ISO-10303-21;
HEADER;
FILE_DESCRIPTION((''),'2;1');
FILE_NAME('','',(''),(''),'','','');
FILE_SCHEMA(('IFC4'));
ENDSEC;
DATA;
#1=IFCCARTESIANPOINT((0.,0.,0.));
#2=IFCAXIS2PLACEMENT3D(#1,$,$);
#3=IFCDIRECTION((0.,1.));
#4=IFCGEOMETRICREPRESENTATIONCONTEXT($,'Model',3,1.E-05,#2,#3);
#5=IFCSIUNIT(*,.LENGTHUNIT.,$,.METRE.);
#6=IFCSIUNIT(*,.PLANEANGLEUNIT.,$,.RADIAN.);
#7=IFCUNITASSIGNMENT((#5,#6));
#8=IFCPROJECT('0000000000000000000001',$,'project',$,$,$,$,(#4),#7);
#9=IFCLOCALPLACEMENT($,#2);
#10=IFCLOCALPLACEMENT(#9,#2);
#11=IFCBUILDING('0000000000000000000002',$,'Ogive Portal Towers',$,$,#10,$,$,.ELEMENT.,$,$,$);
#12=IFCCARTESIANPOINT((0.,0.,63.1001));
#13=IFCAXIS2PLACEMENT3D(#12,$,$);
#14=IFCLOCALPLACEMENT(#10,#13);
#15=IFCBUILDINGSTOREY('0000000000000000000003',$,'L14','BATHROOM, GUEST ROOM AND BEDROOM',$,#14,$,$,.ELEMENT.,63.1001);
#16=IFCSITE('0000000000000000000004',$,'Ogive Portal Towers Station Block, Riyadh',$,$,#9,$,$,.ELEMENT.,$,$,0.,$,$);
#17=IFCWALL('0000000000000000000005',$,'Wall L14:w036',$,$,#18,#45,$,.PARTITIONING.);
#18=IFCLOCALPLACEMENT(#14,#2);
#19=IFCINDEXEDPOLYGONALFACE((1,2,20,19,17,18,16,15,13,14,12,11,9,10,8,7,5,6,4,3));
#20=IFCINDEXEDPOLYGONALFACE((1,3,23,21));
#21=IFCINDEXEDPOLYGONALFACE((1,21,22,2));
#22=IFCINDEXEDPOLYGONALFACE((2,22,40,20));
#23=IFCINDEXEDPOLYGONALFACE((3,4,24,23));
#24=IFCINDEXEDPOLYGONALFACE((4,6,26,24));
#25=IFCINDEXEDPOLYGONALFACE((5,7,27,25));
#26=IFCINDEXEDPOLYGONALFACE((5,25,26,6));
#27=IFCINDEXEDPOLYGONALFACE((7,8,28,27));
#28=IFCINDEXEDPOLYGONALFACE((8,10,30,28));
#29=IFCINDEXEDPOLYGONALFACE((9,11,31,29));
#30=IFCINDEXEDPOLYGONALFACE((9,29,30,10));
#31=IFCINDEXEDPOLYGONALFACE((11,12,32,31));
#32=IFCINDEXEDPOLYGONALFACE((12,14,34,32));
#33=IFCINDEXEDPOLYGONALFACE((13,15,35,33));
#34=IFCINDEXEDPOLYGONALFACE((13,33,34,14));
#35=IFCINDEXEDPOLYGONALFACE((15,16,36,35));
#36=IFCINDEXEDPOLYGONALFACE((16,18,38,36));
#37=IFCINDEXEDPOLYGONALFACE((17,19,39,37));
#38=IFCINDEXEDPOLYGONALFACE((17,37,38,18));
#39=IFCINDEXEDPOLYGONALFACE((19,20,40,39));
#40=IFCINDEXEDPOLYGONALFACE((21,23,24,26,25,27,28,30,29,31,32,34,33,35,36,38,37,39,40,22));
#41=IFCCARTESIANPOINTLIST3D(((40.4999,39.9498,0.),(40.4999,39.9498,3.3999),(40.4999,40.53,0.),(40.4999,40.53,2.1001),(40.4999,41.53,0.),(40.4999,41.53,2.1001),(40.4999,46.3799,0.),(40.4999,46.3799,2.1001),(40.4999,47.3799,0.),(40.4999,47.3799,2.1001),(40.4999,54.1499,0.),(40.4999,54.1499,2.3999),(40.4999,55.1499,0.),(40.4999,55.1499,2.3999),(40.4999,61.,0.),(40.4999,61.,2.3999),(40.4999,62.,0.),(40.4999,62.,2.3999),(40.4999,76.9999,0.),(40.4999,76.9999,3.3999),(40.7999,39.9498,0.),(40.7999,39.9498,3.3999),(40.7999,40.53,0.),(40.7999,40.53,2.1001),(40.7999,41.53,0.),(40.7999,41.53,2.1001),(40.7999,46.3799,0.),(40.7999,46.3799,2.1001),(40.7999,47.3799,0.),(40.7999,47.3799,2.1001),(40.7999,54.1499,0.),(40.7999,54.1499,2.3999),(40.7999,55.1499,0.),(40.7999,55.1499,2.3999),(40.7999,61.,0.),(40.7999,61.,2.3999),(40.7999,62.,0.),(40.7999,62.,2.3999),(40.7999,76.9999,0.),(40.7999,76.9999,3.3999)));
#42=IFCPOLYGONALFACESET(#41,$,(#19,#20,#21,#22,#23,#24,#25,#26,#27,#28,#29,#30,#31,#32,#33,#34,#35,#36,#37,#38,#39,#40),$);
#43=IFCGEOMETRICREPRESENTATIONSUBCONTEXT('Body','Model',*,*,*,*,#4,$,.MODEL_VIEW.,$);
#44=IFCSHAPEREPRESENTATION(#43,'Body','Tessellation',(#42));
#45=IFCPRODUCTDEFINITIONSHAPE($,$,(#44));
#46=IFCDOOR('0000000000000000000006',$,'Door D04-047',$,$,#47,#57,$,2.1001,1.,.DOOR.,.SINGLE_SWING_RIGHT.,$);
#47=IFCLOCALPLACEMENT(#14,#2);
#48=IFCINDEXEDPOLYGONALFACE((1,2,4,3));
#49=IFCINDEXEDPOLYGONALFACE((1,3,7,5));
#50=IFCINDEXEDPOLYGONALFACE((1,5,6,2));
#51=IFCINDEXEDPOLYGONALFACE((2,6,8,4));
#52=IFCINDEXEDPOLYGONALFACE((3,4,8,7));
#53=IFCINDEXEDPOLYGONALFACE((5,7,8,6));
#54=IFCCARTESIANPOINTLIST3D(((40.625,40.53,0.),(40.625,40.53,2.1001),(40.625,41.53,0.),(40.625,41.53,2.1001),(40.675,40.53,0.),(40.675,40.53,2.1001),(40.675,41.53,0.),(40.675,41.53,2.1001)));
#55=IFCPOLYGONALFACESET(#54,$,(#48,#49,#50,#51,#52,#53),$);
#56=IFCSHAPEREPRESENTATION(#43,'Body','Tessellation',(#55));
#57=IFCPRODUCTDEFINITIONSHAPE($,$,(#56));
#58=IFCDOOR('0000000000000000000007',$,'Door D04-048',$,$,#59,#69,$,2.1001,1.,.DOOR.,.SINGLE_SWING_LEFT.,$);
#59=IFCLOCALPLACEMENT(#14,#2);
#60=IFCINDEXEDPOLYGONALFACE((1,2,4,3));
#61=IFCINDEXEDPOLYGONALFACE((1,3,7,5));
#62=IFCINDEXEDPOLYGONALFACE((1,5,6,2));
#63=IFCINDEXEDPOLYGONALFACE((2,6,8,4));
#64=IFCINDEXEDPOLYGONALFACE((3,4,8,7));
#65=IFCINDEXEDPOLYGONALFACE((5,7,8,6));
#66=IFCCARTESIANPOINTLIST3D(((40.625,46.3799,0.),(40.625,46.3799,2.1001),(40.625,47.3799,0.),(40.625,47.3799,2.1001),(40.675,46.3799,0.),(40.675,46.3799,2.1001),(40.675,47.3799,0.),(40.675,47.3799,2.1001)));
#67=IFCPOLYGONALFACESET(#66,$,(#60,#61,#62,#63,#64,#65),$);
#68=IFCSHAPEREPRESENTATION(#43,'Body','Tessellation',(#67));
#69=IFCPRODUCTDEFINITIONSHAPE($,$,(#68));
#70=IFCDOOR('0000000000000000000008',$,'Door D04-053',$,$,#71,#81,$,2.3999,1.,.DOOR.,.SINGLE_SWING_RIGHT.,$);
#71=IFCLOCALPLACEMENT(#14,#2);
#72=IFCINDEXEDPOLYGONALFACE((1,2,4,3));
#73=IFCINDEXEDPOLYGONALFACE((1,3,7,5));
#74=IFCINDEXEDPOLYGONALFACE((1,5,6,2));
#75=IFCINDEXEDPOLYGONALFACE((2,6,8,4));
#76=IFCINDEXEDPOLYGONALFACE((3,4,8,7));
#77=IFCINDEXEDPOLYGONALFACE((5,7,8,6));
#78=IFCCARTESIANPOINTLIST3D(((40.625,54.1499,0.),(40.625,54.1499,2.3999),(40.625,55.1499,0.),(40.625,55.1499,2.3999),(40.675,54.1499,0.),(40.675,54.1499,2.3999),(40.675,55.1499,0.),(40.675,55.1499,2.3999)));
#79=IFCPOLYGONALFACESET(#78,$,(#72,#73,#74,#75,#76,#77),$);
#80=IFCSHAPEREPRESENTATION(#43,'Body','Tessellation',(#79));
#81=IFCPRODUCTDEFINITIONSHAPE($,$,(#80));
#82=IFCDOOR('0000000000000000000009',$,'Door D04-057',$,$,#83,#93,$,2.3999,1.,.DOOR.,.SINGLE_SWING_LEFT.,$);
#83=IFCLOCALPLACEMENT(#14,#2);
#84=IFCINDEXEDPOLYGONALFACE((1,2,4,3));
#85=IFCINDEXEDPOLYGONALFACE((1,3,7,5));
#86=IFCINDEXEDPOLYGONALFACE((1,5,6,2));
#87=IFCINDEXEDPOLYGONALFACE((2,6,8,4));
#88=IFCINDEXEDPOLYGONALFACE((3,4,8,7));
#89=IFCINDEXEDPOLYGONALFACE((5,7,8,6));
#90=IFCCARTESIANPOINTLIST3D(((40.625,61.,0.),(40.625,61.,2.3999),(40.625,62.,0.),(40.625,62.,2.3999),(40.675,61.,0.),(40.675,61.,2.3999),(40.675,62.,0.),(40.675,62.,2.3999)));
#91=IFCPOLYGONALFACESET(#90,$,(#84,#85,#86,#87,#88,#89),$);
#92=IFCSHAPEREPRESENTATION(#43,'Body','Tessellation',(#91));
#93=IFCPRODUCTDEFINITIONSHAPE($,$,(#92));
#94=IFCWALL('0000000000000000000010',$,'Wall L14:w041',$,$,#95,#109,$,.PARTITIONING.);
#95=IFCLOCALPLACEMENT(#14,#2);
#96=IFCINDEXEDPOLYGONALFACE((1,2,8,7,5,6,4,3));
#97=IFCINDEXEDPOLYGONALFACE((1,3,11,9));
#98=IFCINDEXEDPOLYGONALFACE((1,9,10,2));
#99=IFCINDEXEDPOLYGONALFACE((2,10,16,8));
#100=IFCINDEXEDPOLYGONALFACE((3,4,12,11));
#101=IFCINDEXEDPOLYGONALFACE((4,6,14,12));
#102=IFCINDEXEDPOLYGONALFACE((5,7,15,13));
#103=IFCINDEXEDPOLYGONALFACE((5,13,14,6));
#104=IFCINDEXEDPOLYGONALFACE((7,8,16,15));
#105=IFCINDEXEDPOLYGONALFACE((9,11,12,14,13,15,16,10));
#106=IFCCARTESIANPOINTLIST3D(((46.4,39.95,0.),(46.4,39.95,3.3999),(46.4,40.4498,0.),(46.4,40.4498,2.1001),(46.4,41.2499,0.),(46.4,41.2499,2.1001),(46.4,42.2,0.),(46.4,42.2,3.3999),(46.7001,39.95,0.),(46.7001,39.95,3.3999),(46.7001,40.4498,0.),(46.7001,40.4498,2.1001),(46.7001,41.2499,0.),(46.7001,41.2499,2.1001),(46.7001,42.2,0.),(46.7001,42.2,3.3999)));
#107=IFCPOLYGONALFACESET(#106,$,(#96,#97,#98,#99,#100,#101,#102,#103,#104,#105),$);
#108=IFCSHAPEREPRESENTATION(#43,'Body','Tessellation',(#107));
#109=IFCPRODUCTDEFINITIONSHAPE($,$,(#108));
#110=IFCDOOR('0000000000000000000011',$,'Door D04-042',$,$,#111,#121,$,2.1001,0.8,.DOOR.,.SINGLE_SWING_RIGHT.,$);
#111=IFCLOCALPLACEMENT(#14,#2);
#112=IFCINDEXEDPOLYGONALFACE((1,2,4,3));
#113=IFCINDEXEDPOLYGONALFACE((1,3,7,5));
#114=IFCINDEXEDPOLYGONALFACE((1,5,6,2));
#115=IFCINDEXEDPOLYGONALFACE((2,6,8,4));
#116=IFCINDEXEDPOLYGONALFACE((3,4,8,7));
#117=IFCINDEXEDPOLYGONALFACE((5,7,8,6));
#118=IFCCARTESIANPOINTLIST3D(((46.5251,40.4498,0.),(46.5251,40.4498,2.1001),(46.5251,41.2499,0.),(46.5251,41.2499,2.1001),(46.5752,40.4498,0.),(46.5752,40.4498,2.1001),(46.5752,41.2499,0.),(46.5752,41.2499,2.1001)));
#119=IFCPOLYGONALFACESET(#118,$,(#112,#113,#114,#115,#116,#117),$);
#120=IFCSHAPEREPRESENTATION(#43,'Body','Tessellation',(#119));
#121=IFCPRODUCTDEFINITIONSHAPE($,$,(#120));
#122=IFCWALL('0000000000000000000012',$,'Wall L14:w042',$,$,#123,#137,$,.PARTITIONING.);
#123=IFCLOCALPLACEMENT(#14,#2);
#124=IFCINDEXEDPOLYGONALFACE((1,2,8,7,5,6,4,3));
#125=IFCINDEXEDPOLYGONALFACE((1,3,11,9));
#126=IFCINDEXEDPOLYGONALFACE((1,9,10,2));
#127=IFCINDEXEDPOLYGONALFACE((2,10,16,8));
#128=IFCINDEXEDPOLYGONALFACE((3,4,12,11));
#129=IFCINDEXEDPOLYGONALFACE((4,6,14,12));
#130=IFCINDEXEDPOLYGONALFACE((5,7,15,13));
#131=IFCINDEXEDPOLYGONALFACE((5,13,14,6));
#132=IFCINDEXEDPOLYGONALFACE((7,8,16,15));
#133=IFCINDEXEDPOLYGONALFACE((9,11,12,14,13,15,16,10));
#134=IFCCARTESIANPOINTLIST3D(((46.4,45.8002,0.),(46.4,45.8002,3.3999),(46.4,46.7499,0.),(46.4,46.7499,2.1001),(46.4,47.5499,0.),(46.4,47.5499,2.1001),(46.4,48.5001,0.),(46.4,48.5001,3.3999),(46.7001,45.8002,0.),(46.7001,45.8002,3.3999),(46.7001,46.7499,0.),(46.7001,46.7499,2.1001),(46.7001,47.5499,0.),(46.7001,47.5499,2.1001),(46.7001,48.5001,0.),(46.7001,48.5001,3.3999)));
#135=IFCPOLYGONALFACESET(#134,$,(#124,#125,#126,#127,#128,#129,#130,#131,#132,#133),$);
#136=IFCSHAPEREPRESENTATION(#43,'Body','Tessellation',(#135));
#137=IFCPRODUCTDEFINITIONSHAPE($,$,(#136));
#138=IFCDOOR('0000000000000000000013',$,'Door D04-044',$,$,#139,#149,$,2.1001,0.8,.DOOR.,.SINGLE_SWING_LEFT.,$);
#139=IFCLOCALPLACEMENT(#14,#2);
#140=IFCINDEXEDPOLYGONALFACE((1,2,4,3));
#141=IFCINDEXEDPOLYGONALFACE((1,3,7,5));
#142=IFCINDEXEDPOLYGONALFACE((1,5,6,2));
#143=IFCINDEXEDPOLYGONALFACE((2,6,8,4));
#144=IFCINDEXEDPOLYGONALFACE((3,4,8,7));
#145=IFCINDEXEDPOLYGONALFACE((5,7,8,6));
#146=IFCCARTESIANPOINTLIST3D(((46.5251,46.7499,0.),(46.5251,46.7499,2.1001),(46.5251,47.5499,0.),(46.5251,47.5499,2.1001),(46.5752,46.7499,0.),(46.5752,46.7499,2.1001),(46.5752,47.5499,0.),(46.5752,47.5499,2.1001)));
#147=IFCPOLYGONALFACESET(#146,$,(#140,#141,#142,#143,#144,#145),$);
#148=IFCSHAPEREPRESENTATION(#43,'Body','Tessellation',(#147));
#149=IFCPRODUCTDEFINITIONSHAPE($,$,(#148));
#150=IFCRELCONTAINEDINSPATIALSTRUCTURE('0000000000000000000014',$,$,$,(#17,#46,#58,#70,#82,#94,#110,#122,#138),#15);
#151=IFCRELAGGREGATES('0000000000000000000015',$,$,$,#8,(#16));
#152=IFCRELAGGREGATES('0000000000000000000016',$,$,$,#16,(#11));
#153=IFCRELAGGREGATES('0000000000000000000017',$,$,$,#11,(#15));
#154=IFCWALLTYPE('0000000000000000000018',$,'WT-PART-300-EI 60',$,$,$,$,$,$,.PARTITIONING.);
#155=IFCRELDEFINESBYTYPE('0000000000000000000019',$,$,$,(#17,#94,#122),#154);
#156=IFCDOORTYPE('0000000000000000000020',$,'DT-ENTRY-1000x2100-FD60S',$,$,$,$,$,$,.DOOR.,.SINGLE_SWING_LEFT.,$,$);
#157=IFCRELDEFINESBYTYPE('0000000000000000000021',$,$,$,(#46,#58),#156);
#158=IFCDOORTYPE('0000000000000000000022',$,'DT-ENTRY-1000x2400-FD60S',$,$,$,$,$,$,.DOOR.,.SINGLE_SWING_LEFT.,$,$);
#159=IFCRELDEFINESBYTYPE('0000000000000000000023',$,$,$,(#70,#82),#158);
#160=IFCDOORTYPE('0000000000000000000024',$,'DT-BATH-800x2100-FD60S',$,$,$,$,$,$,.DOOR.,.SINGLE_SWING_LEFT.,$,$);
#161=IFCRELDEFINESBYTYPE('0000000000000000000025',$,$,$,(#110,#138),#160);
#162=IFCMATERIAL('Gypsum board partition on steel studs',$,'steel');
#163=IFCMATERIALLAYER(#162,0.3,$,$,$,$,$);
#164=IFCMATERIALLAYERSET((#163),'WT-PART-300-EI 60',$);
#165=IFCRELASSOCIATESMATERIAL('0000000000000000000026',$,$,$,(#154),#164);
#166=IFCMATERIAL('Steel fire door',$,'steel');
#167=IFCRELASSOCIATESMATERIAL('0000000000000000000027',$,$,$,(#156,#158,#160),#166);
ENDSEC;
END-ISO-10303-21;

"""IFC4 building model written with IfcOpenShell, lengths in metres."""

from ifc_helpers import new_model, si_unit, direction, frame, frame_2d, origin, place, context, subcontext, project, spatial, rectangle, extrude, material, layer, layer_set, type_object, element, fill, save


model = new_model("IFC4")

# Units and contexts
model_context = context("Model", 3, precision=1e-05, world=origin(), true_north=direction((0.0, 1.0)))
body_context = subcontext(model_context, "Body", "Model", "MODEL_VIEW")
ifc_project = project(units=[si_unit("LENGTHUNIT", "METRE"), si_unit("PLANEANGLEUNIT", "RADIAN")], contexts=[model_context])

# Site, building, storey
site_placement = place(None, origin())
site = spatial("IfcSite", under=ifc_project, at=site_placement, Name="Ogive Portal Towers Station Block, Riyadh", CompositionType="ELEMENT", RefElevation=0.0)
building_placement = place(site_placement, origin())
building = spatial("IfcBuilding", under=site, at=building_placement, Name="Ogive Portal Towers", CompositionType="ELEMENT")
storey_placement = place(building_placement, frame((0.0, 0.0, 63.1001)))
storey = spatial("IfcBuildingStorey", under=building, at=storey_placement, Name="L14", Description="BATHROOM, GUEST ROOM AND BEDROOM", CompositionType="ELEMENT", Elevation=63.1001)

# Shared definitions
ifc_material_1 = material(Name="Gypsum board partition on steel studs", Category="steel")
ifc_layer_1 = layer(ifc_material_1, 0.3)
ifc_layer_set_1 = layer_set([ifc_layer_1], Name="WT-PART-300-EI 60")
wall_type_1 = type_object("IfcWallType", Name="WT-PART-300-EI 60", PredefinedType="PARTITIONING", material=ifc_layer_set_1)

# Wall, openings, doors
wall_1_placement = place(storey_placement, frame((40.6499, 39.95, 0.0), z_axis=(0.0, 0.0, 1.0), x_axis=(0.0, 1.0, 0.0)))
wall_1 = element("IfcWall", 1, at=wall_1_placement, inside=storey, type_object=wall_type_1, Name="Wall L14:w036", PredefinedType="PARTITIONING", context=body_context, shape_type="SweptSolid", body=[
    extrude(rectangle(XDim=37.05, YDim=0.3, at=frame_2d((18.5249, 0.0))), origin(), (0.0, 0.0, 1.0), 3.3999),
])
opening_1_placement = place(wall_1_placement, frame((0.5801, 0.0, 0.0)))
opening_1 = element("IfcOpeningElement", 2, at=opening_1_placement, cuts=wall_1, PredefinedType="OPENING", context=body_context, shape_type="SweptSolid", body=[
    extrude(rectangle(XDim=1.0, YDim=2.1001, at=frame_2d((0.5, 1.05))), frame((0.0, 0.1602, 0.0), z_axis=(0.0, -1.0, 0.0), x_axis=(1.0, 0.0, 0.0)), (0.0, 0.0, 1.0), 0.3201),
])
opening_2_placement = place(wall_1_placement, frame((6.4299, 0.0, 0.0)))
opening_2 = element("IfcOpeningElement", 3, at=opening_2_placement, cuts=wall_1, PredefinedType="OPENING", context=body_context, shape_type="SweptSolid", body=[
    extrude(rectangle(XDim=1.0, YDim=2.1001, at=frame_2d((0.5, 1.05))), frame((0.0, 0.1602, 0.0), z_axis=(0.0, -1.0, 0.0), x_axis=(1.0, 0.0, 0.0)), (0.0, 0.0, 1.0), 0.3201),
])
opening_3_placement = place(wall_1_placement, frame((14.2, 0.0, 0.0)))
opening_3 = element("IfcOpeningElement", 4, at=opening_3_placement, cuts=wall_1, PredefinedType="OPENING", context=body_context, shape_type="SweptSolid", body=[
    extrude(rectangle(XDim=1.0, YDim=2.3999, at=frame_2d((0.5, 1.2))), frame((0.0, 0.1602, 0.0), z_axis=(0.0, -1.0, 0.0), x_axis=(1.0, 0.0, 0.0)), (0.0, 0.0, 1.0), 0.3201),
])
opening_4_placement = place(wall_1_placement, frame((21.05, 0.0, 0.0)))
opening_4 = element("IfcOpeningElement", 5, at=opening_4_placement, cuts=wall_1, PredefinedType="OPENING", context=body_context, shape_type="SweptSolid", body=[
    extrude(rectangle(XDim=1.0, YDim=2.3999, at=frame_2d((0.5, 1.2))), frame((0.0, 0.1602, 0.0), z_axis=(0.0, -1.0, 0.0), x_axis=(1.0, 0.0, 0.0)), (0.0, 0.0, 1.0), 0.3201),
])
ifc_material_2 = material(Name="Steel fire door", Category="steel")
door_type_1 = type_object("IfcDoorType", Name="DT-ENTRY-1000x2100-FD60S", OperationType="SINGLE_SWING_LEFT", PredefinedType="DOOR", material=ifc_material_2)
door_1_placement = place(opening_1_placement, origin())
door_1 = element("IfcDoor", 6, at=door_1_placement, inside=storey, type_object=door_type_1, Name="Door D04-047", OperationType="SINGLE_SWING_RIGHT", OverallHeight=2.1001, OverallWidth=1.0, PredefinedType="DOOR", context=body_context, shape_type="SweptSolid", body=[
    extrude(rectangle(XDim=1.0, YDim=2.1001, at=frame_2d((0.5, 1.05))), frame((0.0, 0.0249, 0.0), z_axis=(0.0, -1.0, 0.0), x_axis=(1.0, 0.0, 0.0)), (0.0, 0.0, 1.0), 0.05),
])
fill(opening_1, door_1)
door_2_placement = place(opening_2_placement, origin())
door_2 = element("IfcDoor", 7, at=door_2_placement, inside=storey, type_object=door_type_1, Name="Door D04-048", OperationType="SINGLE_SWING_LEFT", OverallHeight=2.1001, OverallWidth=1.0, PredefinedType="DOOR", context=body_context, shape_type="SweptSolid", body=[
    extrude(rectangle(XDim=1.0, YDim=2.1001, at=frame_2d((0.5, 1.05))), frame((0.0, 0.0249, 0.0), z_axis=(0.0, -1.0, 0.0), x_axis=(1.0, 0.0, 0.0)), (0.0, 0.0, 1.0), 0.05),
])
fill(opening_2, door_2)
door_type_2 = type_object("IfcDoorType", Name="DT-ENTRY-1000x2400-FD60S", OperationType="SINGLE_SWING_LEFT", PredefinedType="DOOR", material=ifc_material_2)
door_3_placement = place(opening_3_placement, origin())
door_3 = element("IfcDoor", 8, at=door_3_placement, inside=storey, type_object=door_type_2, Name="Door D04-053", OperationType="SINGLE_SWING_RIGHT", OverallHeight=2.3999, OverallWidth=1.0, PredefinedType="DOOR", context=body_context, shape_type="SweptSolid", body=[
    extrude(rectangle(XDim=1.0, YDim=2.3999, at=frame_2d((0.5, 1.2))), frame((0.0, 0.0249, 0.0), z_axis=(0.0, -1.0, 0.0), x_axis=(1.0, 0.0, 0.0)), (0.0, 0.0, 1.0), 0.05),
])
fill(opening_3, door_3)
door_4_placement = place(opening_4_placement, origin())
door_4 = element("IfcDoor", 9, at=door_4_placement, inside=storey, type_object=door_type_2, Name="Door D04-057", OperationType="SINGLE_SWING_LEFT", OverallHeight=2.3999, OverallWidth=1.0, PredefinedType="DOOR", context=body_context, shape_type="SweptSolid", body=[
    extrude(rectangle(XDim=1.0, YDim=2.3999, at=frame_2d((0.5, 1.2))), frame((0.0, 0.0249, 0.0), z_axis=(0.0, -1.0, 0.0), x_axis=(1.0, 0.0, 0.0)), (0.0, 0.0, 1.0), 0.05),
])
fill(opening_4, door_4)

# Walls, openings, doors
wall_2_placement = place(storey_placement, frame((46.55, 39.95, 0.0), z_axis=(0.0, 0.0, 1.0), x_axis=(0.0, 1.0, 0.0)))
wall_2 = element("IfcWall", 10, at=wall_2_placement, inside=storey, type_object=wall_type_1, Name="Wall L14:w041", PredefinedType="PARTITIONING", context=body_context, shape_type="SweptSolid", body=[
    extrude(rectangle(XDim=2.25, YDim=0.3, at=frame_2d((1.125, 0.0))), origin(), (0.0, 0.0, 1.0), 3.3999),
])
opening_5_placement = place(wall_2_placement, frame((0.5, 0.0, 0.0)))
opening_5 = element("IfcOpeningElement", 11, at=opening_5_placement, cuts=wall_2, PredefinedType="OPENING", context=body_context, shape_type="SweptSolid", body=[
    extrude(rectangle(XDim=0.8, YDim=2.1001, at=frame_2d((0.3999, 1.05))), frame((0.0, 0.1602, 0.0), z_axis=(0.0, -1.0, 0.0), x_axis=(1.0, 0.0, 0.0)), (0.0, 0.0, 1.0), 0.3201),
])
door_type_3 = type_object("IfcDoorType", Name="DT-BATH-800x2100-FD60S", OperationType="SINGLE_SWING_LEFT", PredefinedType="DOOR", material=ifc_material_2)
door_5_placement = place(opening_5_placement, origin())
door_5 = element("IfcDoor", 12, at=door_5_placement, inside=storey, type_object=door_type_3, Name="Door D04-042", OperationType="SINGLE_SWING_RIGHT", OverallHeight=2.1001, OverallWidth=0.8, PredefinedType="DOOR", context=body_context, shape_type="SweptSolid", body=[
    extrude(rectangle(XDim=0.8, YDim=2.1001, at=frame_2d((0.3999, 1.05))), frame((0.0, 0.0249, 0.0), z_axis=(0.0, -1.0, 0.0), x_axis=(1.0, 0.0, 0.0)), (0.0, 0.0, 1.0), 0.05),
])
fill(opening_5, door_5)
wall_3_placement = place(storey_placement, frame((46.55, 45.8, 0.0), z_axis=(0.0, 0.0, 1.0), x_axis=(0.0, 1.0, 0.0)))
wall_3 = element("IfcWall", 13, at=wall_3_placement, inside=storey, type_object=wall_type_1, Name="Wall L14:w042", PredefinedType="PARTITIONING", context=body_context, shape_type="SweptSolid", body=[
    extrude(rectangle(XDim=2.7, YDim=0.3, at=frame_2d((1.3501, 0.0))), origin(), (0.0, 0.0, 1.0), 3.3999),
])
opening_6_placement = place(wall_3_placement, frame((0.95, 0.0, 0.0)))
opening_6 = element("IfcOpeningElement", 14, at=opening_6_placement, cuts=wall_3, PredefinedType="OPENING", context=body_context, shape_type="SweptSolid", body=[
    extrude(rectangle(XDim=0.8, YDim=2.1001, at=frame_2d((0.3999, 1.05))), frame((0.0, 0.1602, 0.0), z_axis=(0.0, -1.0, 0.0), x_axis=(1.0, 0.0, 0.0)), (0.0, 0.0, 1.0), 0.3201),
])
door_6_placement = place(opening_6_placement, origin())
door_6 = element("IfcDoor", 15, at=door_6_placement, inside=storey, type_object=door_type_3, Name="Door D04-044", OperationType="SINGLE_SWING_LEFT", OverallHeight=2.1001, OverallWidth=0.8, PredefinedType="DOOR", context=body_context, shape_type="SweptSolid", body=[
    extrude(rectangle(XDim=0.8, YDim=2.1001, at=frame_2d((0.3999, 1.05))), frame((0.0, 0.0249, 0.0), z_axis=(0.0, -1.0, 0.0), x_axis=(1.0, 0.0, 0.0)), (0.0, 0.0, 1.0), 0.05),
])
fill(opening_6, door_6)

save(model, "model.ifc")
